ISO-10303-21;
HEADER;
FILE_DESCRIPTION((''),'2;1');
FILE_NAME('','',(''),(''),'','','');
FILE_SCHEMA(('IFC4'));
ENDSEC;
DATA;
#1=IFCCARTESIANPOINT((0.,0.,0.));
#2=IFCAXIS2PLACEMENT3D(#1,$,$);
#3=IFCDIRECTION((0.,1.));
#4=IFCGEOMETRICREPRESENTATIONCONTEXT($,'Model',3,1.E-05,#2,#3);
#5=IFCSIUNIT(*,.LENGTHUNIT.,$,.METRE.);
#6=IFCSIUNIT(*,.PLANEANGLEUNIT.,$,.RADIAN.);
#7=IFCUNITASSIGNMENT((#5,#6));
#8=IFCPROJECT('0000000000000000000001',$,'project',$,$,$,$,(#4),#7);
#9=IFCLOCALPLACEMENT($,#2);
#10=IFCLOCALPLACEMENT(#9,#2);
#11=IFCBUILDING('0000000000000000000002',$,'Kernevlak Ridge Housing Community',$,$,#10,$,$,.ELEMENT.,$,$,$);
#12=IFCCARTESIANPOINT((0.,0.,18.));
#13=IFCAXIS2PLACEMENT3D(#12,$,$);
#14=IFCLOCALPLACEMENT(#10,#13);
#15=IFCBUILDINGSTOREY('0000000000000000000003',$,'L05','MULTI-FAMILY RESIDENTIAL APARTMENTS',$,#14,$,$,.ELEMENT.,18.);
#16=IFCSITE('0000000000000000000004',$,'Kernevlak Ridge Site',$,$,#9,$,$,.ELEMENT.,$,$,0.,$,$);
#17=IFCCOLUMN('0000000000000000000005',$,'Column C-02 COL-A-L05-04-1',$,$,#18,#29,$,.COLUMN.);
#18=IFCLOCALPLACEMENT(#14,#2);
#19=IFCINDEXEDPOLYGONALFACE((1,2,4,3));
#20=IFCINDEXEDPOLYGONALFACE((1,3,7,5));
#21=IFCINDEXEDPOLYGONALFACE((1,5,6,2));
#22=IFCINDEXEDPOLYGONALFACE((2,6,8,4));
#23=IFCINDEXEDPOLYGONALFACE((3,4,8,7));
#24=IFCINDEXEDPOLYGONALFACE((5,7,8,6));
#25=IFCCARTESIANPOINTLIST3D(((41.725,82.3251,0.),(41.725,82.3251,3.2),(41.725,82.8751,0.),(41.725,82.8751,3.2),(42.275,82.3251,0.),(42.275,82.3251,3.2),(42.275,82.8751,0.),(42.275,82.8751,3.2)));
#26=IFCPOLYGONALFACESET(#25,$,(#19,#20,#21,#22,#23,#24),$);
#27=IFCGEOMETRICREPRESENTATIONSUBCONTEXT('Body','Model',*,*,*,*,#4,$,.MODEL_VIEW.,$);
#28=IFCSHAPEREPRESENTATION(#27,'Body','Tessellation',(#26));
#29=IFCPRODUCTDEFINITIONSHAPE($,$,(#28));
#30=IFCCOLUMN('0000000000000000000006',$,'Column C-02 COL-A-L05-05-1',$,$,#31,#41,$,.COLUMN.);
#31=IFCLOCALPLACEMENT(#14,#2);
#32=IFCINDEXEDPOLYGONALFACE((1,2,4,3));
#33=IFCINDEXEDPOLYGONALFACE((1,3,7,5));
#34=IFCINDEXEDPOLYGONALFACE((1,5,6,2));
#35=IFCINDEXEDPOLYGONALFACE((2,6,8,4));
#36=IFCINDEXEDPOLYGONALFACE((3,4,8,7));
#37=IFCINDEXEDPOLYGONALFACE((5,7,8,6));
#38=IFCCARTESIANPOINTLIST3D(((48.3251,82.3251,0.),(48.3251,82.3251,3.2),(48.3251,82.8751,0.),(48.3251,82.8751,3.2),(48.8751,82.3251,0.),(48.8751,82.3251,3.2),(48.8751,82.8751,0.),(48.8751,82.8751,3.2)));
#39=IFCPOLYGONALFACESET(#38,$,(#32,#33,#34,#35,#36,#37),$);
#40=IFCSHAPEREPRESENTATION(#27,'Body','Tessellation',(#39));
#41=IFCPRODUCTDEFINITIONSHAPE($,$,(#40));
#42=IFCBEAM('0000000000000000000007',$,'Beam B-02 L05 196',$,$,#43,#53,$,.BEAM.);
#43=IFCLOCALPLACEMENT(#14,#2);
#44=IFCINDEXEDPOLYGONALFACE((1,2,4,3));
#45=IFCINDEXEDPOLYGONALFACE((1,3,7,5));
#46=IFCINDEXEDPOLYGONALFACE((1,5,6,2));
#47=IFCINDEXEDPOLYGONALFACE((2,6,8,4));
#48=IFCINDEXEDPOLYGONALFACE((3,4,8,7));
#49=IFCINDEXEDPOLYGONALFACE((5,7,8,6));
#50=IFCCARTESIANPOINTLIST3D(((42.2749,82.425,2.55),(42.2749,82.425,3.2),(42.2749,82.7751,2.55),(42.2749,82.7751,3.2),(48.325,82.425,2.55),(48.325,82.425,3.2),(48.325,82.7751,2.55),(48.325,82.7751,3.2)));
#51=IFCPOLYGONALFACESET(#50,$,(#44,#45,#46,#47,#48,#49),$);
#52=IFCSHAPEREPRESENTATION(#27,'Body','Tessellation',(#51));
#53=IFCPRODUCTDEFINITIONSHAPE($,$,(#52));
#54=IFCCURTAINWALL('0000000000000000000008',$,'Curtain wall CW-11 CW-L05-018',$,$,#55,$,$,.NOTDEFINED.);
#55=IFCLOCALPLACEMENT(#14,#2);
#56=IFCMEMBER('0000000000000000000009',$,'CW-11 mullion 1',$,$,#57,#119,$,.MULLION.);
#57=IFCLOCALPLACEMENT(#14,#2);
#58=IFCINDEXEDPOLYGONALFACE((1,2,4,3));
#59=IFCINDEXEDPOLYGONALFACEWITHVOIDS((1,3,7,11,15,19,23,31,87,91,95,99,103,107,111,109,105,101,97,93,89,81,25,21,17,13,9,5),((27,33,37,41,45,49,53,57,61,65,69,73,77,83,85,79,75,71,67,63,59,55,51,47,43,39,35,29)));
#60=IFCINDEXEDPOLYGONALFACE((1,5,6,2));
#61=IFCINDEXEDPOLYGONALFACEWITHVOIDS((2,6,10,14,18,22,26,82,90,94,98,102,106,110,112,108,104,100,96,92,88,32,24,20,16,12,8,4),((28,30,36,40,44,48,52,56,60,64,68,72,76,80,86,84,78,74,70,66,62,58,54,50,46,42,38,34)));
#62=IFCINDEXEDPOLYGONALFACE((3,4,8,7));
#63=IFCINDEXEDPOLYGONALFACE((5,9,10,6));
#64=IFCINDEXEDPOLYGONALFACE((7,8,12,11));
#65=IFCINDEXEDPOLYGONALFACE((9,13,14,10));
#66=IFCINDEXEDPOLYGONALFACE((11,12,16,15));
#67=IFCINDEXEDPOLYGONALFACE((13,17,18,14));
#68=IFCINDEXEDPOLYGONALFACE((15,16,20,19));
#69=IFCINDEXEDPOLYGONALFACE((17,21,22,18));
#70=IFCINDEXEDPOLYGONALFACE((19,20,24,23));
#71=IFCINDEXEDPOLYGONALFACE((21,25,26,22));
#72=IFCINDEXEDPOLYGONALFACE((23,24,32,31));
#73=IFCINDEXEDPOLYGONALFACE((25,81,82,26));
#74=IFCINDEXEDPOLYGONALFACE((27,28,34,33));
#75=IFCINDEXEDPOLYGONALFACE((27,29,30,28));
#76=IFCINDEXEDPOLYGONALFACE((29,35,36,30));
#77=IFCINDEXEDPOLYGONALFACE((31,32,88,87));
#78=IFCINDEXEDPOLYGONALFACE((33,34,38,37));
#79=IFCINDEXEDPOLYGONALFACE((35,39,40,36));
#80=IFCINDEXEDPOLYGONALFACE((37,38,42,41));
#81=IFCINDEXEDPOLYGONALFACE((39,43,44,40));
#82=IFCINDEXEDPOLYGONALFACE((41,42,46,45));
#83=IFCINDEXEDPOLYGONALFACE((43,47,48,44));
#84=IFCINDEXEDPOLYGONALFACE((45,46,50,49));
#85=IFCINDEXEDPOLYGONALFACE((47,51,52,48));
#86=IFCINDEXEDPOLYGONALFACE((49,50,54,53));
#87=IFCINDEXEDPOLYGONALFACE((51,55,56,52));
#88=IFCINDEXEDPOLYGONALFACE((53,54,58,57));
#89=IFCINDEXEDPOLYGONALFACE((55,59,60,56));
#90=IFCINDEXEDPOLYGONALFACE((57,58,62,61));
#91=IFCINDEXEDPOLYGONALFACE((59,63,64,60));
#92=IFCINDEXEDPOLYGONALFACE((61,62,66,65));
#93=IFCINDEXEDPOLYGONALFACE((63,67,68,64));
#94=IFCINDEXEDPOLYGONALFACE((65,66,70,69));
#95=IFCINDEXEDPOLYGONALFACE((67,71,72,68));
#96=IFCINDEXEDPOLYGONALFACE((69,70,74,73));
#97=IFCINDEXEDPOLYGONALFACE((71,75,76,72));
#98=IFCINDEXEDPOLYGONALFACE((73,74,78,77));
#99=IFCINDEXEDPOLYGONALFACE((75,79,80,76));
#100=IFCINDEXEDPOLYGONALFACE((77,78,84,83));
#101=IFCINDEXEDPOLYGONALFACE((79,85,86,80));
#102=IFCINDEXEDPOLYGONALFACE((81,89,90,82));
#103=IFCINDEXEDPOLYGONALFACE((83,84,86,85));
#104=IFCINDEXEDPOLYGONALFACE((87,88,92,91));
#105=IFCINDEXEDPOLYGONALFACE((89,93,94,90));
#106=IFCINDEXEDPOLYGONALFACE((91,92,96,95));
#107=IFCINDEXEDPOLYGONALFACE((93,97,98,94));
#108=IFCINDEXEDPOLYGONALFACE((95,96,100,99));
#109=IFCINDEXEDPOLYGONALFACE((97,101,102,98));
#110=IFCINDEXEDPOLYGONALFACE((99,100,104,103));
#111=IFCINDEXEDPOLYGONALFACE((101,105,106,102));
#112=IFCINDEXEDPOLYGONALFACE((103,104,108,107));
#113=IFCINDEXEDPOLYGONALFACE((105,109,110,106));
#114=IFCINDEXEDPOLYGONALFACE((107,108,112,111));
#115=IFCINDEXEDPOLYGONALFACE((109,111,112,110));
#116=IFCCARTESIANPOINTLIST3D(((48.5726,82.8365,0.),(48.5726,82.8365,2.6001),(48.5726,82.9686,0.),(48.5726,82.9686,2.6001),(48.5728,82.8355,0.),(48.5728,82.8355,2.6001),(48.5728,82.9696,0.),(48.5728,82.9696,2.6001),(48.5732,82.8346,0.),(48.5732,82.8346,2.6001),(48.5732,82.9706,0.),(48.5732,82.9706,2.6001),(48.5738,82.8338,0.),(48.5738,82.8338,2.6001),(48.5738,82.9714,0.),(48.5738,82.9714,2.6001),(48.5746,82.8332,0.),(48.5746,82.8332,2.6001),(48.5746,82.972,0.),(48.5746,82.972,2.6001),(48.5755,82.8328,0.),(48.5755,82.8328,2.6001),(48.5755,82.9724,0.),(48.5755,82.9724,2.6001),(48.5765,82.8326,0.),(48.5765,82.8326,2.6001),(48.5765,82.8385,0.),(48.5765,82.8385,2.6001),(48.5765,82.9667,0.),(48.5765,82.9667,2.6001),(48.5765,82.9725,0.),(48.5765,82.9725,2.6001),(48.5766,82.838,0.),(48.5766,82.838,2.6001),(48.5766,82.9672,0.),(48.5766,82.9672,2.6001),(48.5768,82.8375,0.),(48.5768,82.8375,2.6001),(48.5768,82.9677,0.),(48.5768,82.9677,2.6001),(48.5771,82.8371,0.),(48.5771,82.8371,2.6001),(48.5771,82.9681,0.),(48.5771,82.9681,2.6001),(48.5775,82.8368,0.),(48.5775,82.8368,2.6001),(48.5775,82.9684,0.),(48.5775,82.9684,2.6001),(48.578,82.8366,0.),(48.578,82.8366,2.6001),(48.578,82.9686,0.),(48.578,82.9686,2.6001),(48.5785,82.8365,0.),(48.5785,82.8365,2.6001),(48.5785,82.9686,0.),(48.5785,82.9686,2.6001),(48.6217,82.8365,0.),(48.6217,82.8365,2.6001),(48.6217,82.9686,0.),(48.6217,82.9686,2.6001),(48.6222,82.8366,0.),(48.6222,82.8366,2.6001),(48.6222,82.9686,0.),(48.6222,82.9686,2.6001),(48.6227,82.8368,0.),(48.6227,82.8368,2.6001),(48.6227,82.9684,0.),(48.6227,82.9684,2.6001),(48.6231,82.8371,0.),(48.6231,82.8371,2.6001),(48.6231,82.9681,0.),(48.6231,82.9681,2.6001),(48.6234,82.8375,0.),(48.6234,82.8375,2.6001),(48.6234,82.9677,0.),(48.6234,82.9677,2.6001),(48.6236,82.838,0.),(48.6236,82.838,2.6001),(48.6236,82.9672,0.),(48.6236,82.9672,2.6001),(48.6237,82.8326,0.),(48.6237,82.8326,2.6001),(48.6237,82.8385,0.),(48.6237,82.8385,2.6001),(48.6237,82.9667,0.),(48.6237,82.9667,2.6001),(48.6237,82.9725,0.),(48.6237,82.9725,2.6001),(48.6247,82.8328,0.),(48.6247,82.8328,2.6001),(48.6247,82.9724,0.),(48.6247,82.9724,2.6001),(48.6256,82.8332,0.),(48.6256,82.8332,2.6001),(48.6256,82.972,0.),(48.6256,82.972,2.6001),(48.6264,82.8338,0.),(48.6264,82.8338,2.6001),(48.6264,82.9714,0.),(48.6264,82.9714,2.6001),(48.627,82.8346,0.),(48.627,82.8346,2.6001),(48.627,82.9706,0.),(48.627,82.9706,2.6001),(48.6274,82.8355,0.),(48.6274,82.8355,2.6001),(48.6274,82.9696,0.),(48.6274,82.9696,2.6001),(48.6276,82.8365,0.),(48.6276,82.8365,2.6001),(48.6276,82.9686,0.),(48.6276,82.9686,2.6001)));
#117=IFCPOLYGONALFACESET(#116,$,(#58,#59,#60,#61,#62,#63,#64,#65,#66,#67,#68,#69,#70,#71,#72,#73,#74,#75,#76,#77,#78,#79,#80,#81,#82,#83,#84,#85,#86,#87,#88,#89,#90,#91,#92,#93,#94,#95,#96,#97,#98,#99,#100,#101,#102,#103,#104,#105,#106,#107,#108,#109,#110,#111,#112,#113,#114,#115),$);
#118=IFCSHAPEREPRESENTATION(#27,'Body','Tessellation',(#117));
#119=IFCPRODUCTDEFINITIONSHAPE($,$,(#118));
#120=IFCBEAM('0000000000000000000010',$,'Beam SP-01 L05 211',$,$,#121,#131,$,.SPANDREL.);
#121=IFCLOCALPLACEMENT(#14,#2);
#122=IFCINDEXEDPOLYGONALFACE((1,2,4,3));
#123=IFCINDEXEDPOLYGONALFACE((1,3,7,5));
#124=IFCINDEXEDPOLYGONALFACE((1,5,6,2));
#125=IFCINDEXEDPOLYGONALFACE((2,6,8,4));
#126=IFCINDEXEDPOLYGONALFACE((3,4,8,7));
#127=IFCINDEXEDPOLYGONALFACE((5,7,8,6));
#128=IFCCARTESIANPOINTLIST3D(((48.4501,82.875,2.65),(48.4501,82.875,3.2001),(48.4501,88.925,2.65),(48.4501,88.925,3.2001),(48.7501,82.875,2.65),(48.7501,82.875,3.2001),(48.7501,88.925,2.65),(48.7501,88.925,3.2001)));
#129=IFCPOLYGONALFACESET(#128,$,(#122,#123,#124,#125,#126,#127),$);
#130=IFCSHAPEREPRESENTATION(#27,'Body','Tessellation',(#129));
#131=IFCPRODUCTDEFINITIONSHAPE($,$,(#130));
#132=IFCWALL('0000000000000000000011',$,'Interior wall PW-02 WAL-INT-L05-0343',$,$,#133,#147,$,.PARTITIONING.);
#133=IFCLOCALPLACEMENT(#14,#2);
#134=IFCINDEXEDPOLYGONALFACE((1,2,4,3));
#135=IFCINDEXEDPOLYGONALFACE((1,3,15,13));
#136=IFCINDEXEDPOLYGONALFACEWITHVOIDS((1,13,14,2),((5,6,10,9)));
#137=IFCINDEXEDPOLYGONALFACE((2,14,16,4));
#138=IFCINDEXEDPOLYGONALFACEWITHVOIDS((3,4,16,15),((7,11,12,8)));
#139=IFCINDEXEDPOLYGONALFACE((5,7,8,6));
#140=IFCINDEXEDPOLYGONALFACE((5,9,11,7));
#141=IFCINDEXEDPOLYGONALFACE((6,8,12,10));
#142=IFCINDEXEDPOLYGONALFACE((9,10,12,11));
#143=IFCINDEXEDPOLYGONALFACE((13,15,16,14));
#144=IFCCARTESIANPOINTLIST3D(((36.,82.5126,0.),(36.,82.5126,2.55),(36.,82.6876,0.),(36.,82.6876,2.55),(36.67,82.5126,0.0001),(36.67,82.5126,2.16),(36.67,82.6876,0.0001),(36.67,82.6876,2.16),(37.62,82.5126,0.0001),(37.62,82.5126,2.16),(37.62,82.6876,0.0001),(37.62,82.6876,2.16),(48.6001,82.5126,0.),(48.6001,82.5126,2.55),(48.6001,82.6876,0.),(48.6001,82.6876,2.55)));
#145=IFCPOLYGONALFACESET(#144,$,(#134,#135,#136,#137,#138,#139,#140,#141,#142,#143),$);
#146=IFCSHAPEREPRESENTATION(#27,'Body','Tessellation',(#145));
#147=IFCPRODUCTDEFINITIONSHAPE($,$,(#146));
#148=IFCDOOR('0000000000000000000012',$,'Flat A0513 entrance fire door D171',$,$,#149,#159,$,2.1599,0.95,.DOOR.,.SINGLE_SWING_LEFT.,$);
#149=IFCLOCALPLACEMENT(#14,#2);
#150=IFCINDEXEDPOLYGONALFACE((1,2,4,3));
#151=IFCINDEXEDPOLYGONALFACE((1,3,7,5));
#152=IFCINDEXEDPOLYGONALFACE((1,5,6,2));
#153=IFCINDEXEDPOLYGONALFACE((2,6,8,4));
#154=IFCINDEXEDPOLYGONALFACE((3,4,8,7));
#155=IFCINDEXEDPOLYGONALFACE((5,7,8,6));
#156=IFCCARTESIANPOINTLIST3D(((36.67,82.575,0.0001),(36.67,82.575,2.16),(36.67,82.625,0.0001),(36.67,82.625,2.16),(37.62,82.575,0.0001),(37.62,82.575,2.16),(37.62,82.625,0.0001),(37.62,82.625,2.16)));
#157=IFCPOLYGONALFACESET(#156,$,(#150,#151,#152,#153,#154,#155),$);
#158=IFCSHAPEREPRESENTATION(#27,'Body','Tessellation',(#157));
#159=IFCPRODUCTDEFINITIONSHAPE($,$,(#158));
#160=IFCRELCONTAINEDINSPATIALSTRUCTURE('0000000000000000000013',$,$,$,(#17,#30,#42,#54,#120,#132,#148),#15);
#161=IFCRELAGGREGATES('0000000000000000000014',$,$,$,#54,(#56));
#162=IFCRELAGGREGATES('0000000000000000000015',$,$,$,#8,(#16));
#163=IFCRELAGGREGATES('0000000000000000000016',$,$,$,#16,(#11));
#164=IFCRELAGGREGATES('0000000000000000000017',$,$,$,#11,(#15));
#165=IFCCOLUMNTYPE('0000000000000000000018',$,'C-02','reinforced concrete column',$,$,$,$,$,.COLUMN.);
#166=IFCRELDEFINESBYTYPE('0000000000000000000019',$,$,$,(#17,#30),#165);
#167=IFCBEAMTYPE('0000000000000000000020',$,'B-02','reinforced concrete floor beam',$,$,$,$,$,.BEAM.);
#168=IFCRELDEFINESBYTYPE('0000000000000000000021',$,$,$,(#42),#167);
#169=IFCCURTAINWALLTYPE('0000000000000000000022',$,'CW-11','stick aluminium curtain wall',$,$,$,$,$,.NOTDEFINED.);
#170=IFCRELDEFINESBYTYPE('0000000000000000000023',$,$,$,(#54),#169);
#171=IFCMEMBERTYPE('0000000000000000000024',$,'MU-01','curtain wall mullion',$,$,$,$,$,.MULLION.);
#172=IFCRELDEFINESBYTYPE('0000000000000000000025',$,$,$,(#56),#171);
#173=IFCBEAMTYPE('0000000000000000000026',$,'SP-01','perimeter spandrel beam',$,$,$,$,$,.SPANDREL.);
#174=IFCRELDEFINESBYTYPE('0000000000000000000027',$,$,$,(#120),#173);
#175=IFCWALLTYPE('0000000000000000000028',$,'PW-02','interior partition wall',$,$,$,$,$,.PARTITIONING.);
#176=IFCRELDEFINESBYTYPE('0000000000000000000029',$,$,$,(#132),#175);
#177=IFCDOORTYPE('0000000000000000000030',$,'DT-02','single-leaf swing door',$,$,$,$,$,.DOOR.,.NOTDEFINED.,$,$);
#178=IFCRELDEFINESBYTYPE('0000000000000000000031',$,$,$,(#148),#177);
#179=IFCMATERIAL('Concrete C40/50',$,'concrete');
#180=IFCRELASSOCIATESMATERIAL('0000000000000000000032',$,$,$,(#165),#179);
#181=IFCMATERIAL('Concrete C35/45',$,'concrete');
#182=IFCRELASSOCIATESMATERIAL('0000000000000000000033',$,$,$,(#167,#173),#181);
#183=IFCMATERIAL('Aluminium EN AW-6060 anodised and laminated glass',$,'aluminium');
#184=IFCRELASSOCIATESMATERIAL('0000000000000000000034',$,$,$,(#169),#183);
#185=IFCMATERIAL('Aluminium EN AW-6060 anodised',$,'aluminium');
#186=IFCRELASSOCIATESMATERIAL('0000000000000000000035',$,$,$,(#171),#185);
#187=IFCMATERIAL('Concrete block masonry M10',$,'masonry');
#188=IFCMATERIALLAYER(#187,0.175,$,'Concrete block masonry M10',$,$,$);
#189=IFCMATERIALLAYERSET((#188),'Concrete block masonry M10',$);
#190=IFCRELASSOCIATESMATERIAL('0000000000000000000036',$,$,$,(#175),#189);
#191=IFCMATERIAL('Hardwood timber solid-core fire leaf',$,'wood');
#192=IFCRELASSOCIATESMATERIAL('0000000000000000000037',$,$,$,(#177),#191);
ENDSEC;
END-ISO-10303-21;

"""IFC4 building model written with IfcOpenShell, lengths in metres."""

from ifc_helpers import new_model, si_unit, direction, frame, frame_2d, origin, origin_2d, place, context, subcontext, project, spatial, rectangle, hollow_rectangle, extrude, material, layer, layer_set, material_profile, profile_set, type_object, element, fill, aggregate, save


model = new_model("IFC4")

# Units and contexts
model_context = context("Model", 3, precision=1e-05, world=origin(), true_north=direction((0.0, 1.0)))
body_context = subcontext(model_context, "Body", "Model", "MODEL_VIEW")
ifc_project = project(units=[si_unit("LENGTHUNIT", "METRE"), si_unit("PLANEANGLEUNIT", "RADIAN")], contexts=[model_context])

# Site, building, storey
site_placement = place(None, origin())
site = spatial("IfcSite", under=ifc_project, at=site_placement, Name="Kernevlak Ridge Site", CompositionType="ELEMENT", RefElevation=0.0)
building_placement = place(site_placement, origin())
building = spatial("IfcBuilding", under=site, at=building_placement, Name="Kernevlak Ridge Housing Community", CompositionType="ELEMENT")
storey_placement = place(building_placement, frame((0.0, 0.0, 18.0)))
storey = spatial("IfcBuildingStorey", under=building, at=storey_placement, Name="L05", Description="MULTI-FAMILY RESIDENTIAL APARTMENTS", CompositionType="ELEMENT", Elevation=18.0)

# Columns
ifc_material_1 = material(Name="Concrete C40/50", Category="concrete")
ifc_material_profile_1 = material_profile(ifc_material_1, rectangle(XDim=0.55, YDim=0.55, at=origin_2d()), Name="RC 550x550")
ifc_profile_set_1 = profile_set([ifc_material_profile_1], Name="Concrete C40/50")
column_type = type_object("IfcColumnType", Name="C-02", Description="reinforced concrete column", PredefinedType="COLUMN", material=ifc_profile_set_1)
for number, where, z_axis, x_axis, name in (
    (1, (42.0, 82.6001, 0.0), (0.0, 0.0, 1.0), (1.0, 0.0, 0.0), "Column C-02 COL-A-L05-04-1"),
    (2, (48.6001, 82.6001, 0.0), (0.0, 0.0, 1.0), (1.0, 0.0, 0.0), "Column C-02 COL-A-L05-05-1"),
):
    element("IfcColumn", number, at=place(storey_placement, frame(where, z_axis=z_axis, x_axis=x_axis)), inside=storey, type_object=column_type, Name=name, PredefinedType="COLUMN", context=body_context, shape_type="SweptSolid", body=[
        extrude(rectangle(XDim=0.55, YDim=0.55, at=origin_2d()), origin(), (0.0, 0.0, 1.0), 3.2),
    ])

# Beam
ifc_material_2 = material(Name="Concrete C35/45", Category="concrete")
ifc_material_profile_2 = material_profile(ifc_material_2, rectangle(XDim=0.3501, YDim=0.6499, at=origin_2d()), Name="RC 350x650")
ifc_profile_set_2 = profile_set([ifc_material_profile_2], Name="Concrete C35/45")
beam_type_1 = type_object("IfcBeamType", Name="B-02", Description="reinforced concrete floor beam", PredefinedType="BEAM", material=ifc_profile_set_2)
beam_1_placement = place(storey_placement, frame((42.2749, 82.6001, 2.875), z_axis=(1.0, 0.0, 0.0), x_axis=(0.0, 1.0, 0.0)))
element("IfcBeam", 3, at=beam_1_placement, inside=storey, type_object=beam_type_1, Name="Beam B-02 L05 196", PredefinedType="BEAM", context=body_context, shape_type="SweptSolid", body=[
    extrude(rectangle(XDim=0.3501, YDim=0.6499, at=origin_2d()), origin(), (0.0, 0.0, 1.0), 6.05),
])

# Curtain wall, member
ifc_material_3 = material(Name="Aluminium EN AW-6060 anodised and laminated glass", Category="aluminium")
curtain_wall_type = type_object("IfcCurtainWallType", Name="CW-11", Description="stick aluminium curtain wall", PredefinedType="NOTDEFINED", material=ifc_material_3)
curtain_wall_placement = place(storey_placement, origin())
curtain_wall = element("IfcCurtainWall", 4, at=curtain_wall_placement, inside=storey, type_object=curtain_wall_type, Name="Curtain wall CW-11 CW-L05-018", PredefinedType="NOTDEFINED")
ifc_material_4 = material(Name="Aluminium EN AW-6060 anodised", Category="aluminium")
ifc_material_profile_3 = material_profile(ifc_material_4, hollow_rectangle(XDim=0.0549, YDim=0.1399, WallThickness=0.0039, InnerFilletRadius=0.002, OuterFilletRadius=0.0039, at=origin_2d()), Name="ALU 55x140x4")
ifc_profile_set_3 = profile_set([ifc_material_profile_3], Name="Aluminium EN AW-6060 anodised")
member_type = type_object("IfcMemberType", Name="MU-01", Description="curtain wall mullion", PredefinedType="MULLION", material=ifc_profile_set_3)
member_placement = place(storey_placement, frame((48.6001, 82.9026, 0.0), z_axis=(0.0, 0.0, 1.0), x_axis=(-1.0, 0.0, 0.0)))
member = element("IfcMember", 5, at=member_placement, type_object=member_type, Name="CW-11 mullion 1", PredefinedType="MULLION", context=body_context, shape_type="SweptSolid", body=[
    extrude(hollow_rectangle(XDim=0.0549, YDim=0.1399, WallThickness=0.0039, InnerFilletRadius=0.002, OuterFilletRadius=0.0039, at=origin_2d()), origin(), (0.0, 0.0, 1.0), 2.6001),
])
aggregate(curtain_wall, [member])

# Beam
ifc_material_profile_4 = material_profile(ifc_material_2, rectangle(XDim=0.3, YDim=0.55, at=origin_2d()), Name="RC 300x550")
ifc_profile_set_4 = profile_set([ifc_material_profile_4], Name="Concrete C35/45")
beam_type_2 = type_object("IfcBeamType", Name="SP-01", Description="perimeter spandrel beam", PredefinedType="SPANDREL", material=ifc_profile_set_4)
beam_2_placement = place(storey_placement, frame((48.6001, 82.875, 2.925), z_axis=(0.0, 1.0, 0.0), x_axis=(-1.0, 0.0, 0.0)))
element("IfcBeam", 6, at=beam_2_placement, inside=storey, type_object=beam_type_2, Name="Beam SP-01 L05 211", PredefinedType="SPANDREL", context=body_context, shape_type="SweptSolid", body=[
    extrude(rectangle(XDim=0.3, YDim=0.55, at=origin_2d()), origin(), (0.0, 0.0, 1.0), 6.05),
])

# Wall, opening, door
ifc_material_5 = material(Name="Concrete block masonry M10", Category="masonry")
ifc_layer_1 = layer(ifc_material_5, 0.175, Name="Concrete block masonry M10")
ifc_layer_set_1 = layer_set([ifc_layer_1], Name="Concrete block masonry M10")
wall_type_1 = type_object("IfcWallType", Name="PW-02", Description="interior partition wall", PredefinedType="PARTITIONING", material=ifc_layer_set_1)
wall_1_placement = place(storey_placement, frame((36.0, 82.6001, 0.0), z_axis=(0.0, 0.0, 1.0), x_axis=(1.0, 0.0, 0.0)))
wall_1 = element("IfcWall", 7, at=wall_1_placement, inside=storey, type_object=wall_type_1, Name="Interior wall PW-02 WAL-INT-L05-0343", PredefinedType="PARTITIONING", context=body_context, shape_type="SweptSolid", body=[
    extrude(rectangle(XDim=12.6001, YDim=0.175, at=frame_2d((6.3, 0.0))), origin(), (0.0, 0.0, 1.0), 2.55),
])
opening_1_placement = place(wall_1_placement, frame((0.6699, 0.0, 0.0)))
opening_1 = element("IfcOpeningElement", 8, at=opening_1_placement, cuts=wall_1, PredefinedType="OPENING", context=body_context, shape_type="SweptSolid", body=[
    extrude(rectangle(XDim=0.95, YDim=2.1599, at=frame_2d((0.4751, 1.0801))), frame((0.0, 0.0974, 0.0), z_axis=(0.0, -1.0, 0.0), x_axis=(1.0, 0.0, 0.0)), (0.0, 0.0, 1.0), 0.1951),
])
ifc_material_6 = material(Name="Hardwood timber solid-core fire leaf", Category="wood")
door_type_1 = type_object("IfcDoorType", Name="DT-02", Description="single-leaf swing door", OperationType="NOTDEFINED", PredefinedType="DOOR", material=ifc_material_6)
door_1_placement = place(opening_1_placement, origin())
door_1 = element("IfcDoor", 9, at=door_1_placement, inside=storey, type_object=door_type_1, Name="Flat A0513 entrance fire door D171", OperationType="SINGLE_SWING_LEFT", OverallHeight=2.1599, OverallWidth=0.95, PredefinedType="DOOR", context=body_context, shape_type="SweptSolid", body=[
    extrude(rectangle(XDim=0.95, YDim=2.1599, at=frame_2d((0.4751, 1.0801))), frame((0.0, 0.0249, 0.0), z_axis=(0.0, -1.0, 0.0), x_axis=(1.0, 0.0, 0.0)), (0.0, 0.0, 1.0), 0.05),
])
fill(opening_1, door_1)

save(model, "model.ifc")
